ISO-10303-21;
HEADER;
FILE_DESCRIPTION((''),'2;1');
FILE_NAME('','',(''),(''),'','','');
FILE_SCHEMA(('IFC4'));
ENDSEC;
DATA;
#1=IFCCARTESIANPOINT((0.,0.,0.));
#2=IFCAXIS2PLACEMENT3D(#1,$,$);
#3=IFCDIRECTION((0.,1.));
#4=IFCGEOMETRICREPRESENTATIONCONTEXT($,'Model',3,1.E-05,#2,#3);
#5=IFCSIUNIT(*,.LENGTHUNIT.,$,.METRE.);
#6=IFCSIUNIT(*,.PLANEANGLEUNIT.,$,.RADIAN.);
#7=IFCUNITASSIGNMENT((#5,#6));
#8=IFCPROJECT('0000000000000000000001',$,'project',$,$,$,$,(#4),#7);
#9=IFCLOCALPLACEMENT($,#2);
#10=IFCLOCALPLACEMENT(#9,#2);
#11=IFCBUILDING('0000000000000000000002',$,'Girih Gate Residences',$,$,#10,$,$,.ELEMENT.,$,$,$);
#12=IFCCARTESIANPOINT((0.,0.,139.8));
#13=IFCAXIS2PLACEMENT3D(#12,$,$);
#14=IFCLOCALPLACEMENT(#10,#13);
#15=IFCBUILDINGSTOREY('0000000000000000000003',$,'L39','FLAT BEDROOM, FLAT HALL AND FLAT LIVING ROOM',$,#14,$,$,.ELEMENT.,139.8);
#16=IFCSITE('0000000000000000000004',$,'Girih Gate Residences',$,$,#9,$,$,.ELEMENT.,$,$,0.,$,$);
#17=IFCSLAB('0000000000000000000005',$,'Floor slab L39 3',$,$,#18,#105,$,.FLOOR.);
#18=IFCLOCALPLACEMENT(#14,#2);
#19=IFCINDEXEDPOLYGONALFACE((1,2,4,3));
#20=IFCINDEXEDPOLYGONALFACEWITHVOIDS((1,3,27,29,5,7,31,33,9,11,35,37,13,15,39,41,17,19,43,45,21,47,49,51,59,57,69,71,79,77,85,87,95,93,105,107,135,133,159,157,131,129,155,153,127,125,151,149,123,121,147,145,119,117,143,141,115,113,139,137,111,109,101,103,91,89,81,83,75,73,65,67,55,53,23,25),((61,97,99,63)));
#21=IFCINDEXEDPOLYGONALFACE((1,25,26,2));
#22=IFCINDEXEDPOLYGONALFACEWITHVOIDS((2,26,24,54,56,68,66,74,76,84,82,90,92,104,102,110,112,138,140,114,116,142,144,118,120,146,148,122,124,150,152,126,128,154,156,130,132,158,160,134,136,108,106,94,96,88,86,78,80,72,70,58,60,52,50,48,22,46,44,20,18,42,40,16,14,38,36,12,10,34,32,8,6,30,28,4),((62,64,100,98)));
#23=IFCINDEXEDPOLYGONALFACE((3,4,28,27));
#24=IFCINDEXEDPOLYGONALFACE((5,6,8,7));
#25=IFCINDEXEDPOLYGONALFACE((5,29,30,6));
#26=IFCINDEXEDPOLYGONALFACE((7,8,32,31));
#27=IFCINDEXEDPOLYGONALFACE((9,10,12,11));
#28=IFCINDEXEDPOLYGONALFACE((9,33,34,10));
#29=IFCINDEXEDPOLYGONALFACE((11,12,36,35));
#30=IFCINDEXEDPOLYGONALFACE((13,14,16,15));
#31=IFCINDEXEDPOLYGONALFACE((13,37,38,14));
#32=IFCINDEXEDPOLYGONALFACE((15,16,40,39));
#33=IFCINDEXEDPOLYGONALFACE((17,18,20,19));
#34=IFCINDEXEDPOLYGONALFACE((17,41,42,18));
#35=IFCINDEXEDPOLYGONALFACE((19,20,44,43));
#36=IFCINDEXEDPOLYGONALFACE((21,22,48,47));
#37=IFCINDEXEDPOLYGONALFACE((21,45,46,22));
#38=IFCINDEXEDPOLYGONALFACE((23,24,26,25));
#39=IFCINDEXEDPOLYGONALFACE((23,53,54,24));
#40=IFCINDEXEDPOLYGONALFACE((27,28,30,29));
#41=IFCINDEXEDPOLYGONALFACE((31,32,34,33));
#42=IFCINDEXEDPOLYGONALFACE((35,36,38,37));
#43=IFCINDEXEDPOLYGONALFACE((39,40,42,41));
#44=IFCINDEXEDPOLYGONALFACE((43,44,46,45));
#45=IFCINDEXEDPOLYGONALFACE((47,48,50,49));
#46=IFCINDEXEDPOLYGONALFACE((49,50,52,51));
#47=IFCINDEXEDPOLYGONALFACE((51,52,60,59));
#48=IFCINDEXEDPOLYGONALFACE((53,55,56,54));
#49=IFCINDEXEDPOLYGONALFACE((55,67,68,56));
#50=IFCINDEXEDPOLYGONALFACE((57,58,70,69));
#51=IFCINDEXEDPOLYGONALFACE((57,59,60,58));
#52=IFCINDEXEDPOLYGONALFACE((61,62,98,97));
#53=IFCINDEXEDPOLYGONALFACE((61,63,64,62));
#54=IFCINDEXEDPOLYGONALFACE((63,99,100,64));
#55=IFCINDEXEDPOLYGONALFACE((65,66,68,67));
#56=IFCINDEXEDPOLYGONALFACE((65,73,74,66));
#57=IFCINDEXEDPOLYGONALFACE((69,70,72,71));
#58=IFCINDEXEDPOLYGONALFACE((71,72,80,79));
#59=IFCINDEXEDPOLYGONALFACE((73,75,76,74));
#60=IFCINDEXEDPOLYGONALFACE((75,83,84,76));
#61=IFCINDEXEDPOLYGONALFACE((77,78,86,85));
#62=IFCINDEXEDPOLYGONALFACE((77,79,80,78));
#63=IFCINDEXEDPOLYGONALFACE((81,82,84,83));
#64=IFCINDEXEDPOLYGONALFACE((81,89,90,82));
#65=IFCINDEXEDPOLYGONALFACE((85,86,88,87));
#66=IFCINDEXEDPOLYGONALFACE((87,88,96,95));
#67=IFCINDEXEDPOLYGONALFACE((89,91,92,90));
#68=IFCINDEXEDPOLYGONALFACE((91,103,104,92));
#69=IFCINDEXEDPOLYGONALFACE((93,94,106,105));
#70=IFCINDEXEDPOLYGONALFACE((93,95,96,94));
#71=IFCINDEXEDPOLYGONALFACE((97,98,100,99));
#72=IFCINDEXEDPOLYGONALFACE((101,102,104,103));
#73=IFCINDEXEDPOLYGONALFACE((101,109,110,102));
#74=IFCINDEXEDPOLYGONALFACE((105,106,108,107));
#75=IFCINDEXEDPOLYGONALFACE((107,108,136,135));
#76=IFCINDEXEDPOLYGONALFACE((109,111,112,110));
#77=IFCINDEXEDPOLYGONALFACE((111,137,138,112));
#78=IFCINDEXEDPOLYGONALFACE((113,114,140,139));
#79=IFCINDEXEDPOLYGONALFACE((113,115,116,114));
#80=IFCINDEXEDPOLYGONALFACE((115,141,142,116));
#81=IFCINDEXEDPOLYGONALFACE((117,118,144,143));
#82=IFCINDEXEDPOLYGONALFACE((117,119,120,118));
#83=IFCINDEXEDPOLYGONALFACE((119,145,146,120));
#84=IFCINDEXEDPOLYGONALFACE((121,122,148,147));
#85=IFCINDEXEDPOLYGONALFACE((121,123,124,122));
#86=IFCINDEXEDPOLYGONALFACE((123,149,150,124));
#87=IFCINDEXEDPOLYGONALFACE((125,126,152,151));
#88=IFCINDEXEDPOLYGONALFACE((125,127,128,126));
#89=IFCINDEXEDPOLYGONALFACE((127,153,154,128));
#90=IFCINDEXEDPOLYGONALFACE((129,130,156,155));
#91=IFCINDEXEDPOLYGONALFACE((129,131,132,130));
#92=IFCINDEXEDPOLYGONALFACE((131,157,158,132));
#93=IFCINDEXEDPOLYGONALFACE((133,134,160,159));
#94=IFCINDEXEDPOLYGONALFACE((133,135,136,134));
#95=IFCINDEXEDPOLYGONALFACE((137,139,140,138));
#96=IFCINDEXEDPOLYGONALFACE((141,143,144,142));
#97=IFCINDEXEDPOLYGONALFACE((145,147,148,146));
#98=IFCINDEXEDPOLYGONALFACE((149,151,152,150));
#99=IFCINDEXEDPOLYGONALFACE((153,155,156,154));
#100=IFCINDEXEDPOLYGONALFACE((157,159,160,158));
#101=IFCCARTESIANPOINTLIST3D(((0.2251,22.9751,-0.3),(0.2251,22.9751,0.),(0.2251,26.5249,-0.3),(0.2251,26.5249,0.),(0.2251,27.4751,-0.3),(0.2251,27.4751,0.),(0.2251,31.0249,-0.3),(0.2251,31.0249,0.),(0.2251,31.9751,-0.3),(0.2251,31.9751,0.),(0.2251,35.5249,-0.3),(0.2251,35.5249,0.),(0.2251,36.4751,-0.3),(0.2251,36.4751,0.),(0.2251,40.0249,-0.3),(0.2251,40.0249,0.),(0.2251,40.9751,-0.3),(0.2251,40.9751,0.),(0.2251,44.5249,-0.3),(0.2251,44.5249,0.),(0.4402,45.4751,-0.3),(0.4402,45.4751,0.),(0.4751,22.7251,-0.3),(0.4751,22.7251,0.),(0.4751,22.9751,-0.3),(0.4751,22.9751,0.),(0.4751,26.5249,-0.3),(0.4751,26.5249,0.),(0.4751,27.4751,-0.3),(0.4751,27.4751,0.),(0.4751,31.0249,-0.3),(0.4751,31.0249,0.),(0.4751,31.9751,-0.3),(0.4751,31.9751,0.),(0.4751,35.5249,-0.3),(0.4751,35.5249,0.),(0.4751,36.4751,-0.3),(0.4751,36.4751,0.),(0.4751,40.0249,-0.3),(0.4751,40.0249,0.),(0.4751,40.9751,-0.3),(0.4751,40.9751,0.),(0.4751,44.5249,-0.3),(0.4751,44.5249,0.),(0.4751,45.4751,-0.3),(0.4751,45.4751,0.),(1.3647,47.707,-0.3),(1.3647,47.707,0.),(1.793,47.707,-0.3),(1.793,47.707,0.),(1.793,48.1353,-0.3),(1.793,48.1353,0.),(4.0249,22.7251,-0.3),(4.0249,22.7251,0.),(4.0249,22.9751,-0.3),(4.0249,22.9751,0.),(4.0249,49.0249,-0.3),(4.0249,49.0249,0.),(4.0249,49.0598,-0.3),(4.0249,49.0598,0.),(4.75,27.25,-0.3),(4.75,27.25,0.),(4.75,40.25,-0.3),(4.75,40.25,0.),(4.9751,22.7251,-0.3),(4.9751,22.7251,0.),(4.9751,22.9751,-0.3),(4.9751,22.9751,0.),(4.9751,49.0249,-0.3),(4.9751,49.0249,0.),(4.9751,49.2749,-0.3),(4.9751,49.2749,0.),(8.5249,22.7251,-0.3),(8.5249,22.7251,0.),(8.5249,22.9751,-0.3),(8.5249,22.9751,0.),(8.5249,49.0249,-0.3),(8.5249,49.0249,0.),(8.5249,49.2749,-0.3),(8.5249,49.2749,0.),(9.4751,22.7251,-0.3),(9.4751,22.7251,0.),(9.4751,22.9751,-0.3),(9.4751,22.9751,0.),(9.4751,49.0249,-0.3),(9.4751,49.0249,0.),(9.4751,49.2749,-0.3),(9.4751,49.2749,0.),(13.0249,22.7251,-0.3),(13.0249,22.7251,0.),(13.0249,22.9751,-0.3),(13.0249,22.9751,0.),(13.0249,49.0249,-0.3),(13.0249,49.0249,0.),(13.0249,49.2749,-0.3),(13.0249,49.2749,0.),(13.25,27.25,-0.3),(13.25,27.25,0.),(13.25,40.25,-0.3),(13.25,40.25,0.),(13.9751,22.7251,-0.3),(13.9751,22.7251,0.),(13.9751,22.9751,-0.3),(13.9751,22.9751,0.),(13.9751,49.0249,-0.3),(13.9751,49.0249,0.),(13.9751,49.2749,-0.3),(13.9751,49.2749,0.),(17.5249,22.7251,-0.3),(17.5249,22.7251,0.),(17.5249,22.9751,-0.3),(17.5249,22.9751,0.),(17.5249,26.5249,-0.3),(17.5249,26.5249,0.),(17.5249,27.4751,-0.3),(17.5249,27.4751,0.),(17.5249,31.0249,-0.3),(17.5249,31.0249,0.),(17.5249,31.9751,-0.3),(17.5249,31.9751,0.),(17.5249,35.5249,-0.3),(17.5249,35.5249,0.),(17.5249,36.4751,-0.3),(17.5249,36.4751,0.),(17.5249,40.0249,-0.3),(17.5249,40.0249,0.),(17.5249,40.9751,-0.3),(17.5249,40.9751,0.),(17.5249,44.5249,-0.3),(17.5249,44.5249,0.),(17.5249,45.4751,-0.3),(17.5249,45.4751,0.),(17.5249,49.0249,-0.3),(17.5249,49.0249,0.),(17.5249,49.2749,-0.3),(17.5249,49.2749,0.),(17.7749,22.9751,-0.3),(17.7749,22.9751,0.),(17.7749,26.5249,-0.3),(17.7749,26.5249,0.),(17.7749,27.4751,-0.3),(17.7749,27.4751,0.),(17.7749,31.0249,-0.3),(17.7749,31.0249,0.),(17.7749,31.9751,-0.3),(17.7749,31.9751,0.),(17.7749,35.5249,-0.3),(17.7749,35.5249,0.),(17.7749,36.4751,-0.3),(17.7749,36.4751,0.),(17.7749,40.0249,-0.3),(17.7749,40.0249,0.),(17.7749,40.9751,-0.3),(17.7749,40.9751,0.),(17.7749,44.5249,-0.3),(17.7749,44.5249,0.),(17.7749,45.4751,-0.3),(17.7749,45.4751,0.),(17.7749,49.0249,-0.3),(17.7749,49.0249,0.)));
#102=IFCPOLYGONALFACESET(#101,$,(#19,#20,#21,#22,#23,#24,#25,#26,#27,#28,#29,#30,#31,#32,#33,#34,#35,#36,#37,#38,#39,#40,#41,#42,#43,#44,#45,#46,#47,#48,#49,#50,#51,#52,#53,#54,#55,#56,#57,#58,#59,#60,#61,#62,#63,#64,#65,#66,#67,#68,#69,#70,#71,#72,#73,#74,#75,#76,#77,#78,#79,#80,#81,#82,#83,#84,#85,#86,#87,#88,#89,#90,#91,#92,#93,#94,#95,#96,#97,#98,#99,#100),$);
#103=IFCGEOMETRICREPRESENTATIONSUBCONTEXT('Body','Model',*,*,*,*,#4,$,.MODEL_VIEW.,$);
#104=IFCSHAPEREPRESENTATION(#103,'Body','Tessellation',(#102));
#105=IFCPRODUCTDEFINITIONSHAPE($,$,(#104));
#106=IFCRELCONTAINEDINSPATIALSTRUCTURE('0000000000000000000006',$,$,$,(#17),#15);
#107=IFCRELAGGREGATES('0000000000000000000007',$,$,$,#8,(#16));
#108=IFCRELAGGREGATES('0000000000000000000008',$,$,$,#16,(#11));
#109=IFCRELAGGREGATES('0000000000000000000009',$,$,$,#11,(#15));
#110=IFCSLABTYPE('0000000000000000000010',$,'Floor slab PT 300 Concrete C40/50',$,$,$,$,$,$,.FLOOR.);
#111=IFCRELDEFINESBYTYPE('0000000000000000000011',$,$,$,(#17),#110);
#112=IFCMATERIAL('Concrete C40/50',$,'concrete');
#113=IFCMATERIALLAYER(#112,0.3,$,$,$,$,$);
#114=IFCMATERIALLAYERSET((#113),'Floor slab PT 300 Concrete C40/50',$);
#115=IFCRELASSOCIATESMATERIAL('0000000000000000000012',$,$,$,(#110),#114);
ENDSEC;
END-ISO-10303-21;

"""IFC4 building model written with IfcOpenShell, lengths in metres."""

from ifc_helpers import new_model, si_unit, direction, frame, origin, place, context, subcontext, project, spatial, polyline, outline, extrude, material, layer, layer_set, type_object, element, save


model = new_model("IFC4")

# Units and contexts
model_context = context("Model", 3, precision=1e-05, world=origin(), true_north=direction((0.0, 1.0)))
body_context = subcontext(model_context, "Body", "Model", "MODEL_VIEW")
ifc_project = project(units=[si_unit("LENGTHUNIT", "METRE"), si_unit("PLANEANGLEUNIT", "RADIAN")], contexts=[model_context])

# Site, building, storey
site_placement = place(None, origin())
site = spatial("IfcSite", under=ifc_project, at=site_placement, Name="Girih Gate Residences", CompositionType="ELEMENT", RefElevation=0.0)
building_placement = place(site_placement, origin())
building = spatial("IfcBuilding", under=site, at=building_placement, Name="Girih Gate Residences", CompositionType="ELEMENT")
storey_placement = place(building_placement, frame((0.0, 0.0, 139.8)))
storey = spatial("IfcBuildingStorey", under=building, at=storey_placement, Name="L39", Description="FLAT BEDROOM, FLAT HALL AND FLAT LIVING ROOM", CompositionType="ELEMENT", Elevation=139.8)

# Slab
ifc_material_1 = material(Name="Concrete C40/50", Category="concrete")
ifc_layer_1 = layer(ifc_material_1, 0.3)
ifc_layer_set_1 = layer_set([ifc_layer_1], Name="Floor slab PT 300 Concrete C40/50")
slab_type_1 = type_object("IfcSlabType", Name="Floor slab PT 300 Concrete C40/50", PredefinedType="FLOOR", material=ifc_layer_set_1)
slab_1_placement = place(storey_placement, frame((0.0, 0.0, -0.3)))
element("IfcSlab", 1, at=slab_1_placement, inside=storey, type_object=slab_type_1, Name="Floor slab L39 3", PredefinedType="FLOOR", context=body_context, shape_type="SweptSolid", body=[
    extrude(outline(polyline([(0.2251, 26.5249), (0.2251, 22.9751), (0.4751, 22.9751), (0.4751, 22.7251), (4.0249, 22.7251), (4.0249, 22.9751), (4.9751, 22.9751), (4.9751, 22.7251), (8.5249, 22.7251), (8.5249, 22.9751), (9.4751, 22.9751), (9.4751, 22.7251), (13.0249, 22.7251), (13.0249, 22.9751), (13.9751, 22.9751), (13.9751, 22.7251), (17.5249, 22.7251), (17.5249, 22.9751), (17.7749, 22.9751), (17.7749, 26.5249), (17.5249, 26.5249), (17.5249, 27.4751), (17.7749, 27.4751), (17.7749, 31.0249), (17.5249, 31.0249), (17.5249, 31.9751), (17.7749, 31.9751), (17.7749, 35.5249), (17.5249, 35.5249), (17.5249, 36.4751), (17.7749, 36.4751), (17.7749, 40.0249), (17.5249, 40.0249), (17.5249, 40.9751), (17.7749, 40.9751), (17.7749, 44.5249), (17.5249, 44.5249), (17.5249, 45.4751), (17.7749, 45.4751), (17.7749, 49.0249), (17.5249, 49.0249), (17.5249, 49.2749), (13.9751, 49.2749), (13.9751, 49.0249), (13.0249, 49.0249), (13.0249, 49.2749), (9.4751, 49.2749), (9.4751, 49.0249), (8.5249, 49.0249), (8.5249, 49.2749), (4.9751, 49.2749), (4.9751, 49.0249), (4.0249, 49.0249), (4.0249, 49.0598), (1.793, 48.1353), (1.793, 47.707), (1.3647, 47.707), (0.4402, 45.4751), (0.4751, 45.4751), (0.4751, 44.5249), (0.2251, 44.5249), (0.2251, 40.9751), (0.4751, 40.9751), (0.4751, 40.0249), (0.2251, 40.0249), (0.2251, 36.4751), (0.4751, 36.4751), (0.4751, 35.5249), (0.2251, 35.5249), (0.2251, 31.9751), (0.4751, 31.9751), (0.4751, 31.0249), (0.2251, 31.0249), (0.2251, 27.4751), (0.4751, 27.4751), (0.4751, 26.5249), (0.2251, 26.5249)]), holes=[polyline([(13.25, 40.25), (13.25, 27.25), (4.75, 27.25), (4.75, 40.25), (13.25, 40.25)])]), origin(), (0.0, 0.0, 1.0), 0.3),
])

save(model, "model.ifc")
